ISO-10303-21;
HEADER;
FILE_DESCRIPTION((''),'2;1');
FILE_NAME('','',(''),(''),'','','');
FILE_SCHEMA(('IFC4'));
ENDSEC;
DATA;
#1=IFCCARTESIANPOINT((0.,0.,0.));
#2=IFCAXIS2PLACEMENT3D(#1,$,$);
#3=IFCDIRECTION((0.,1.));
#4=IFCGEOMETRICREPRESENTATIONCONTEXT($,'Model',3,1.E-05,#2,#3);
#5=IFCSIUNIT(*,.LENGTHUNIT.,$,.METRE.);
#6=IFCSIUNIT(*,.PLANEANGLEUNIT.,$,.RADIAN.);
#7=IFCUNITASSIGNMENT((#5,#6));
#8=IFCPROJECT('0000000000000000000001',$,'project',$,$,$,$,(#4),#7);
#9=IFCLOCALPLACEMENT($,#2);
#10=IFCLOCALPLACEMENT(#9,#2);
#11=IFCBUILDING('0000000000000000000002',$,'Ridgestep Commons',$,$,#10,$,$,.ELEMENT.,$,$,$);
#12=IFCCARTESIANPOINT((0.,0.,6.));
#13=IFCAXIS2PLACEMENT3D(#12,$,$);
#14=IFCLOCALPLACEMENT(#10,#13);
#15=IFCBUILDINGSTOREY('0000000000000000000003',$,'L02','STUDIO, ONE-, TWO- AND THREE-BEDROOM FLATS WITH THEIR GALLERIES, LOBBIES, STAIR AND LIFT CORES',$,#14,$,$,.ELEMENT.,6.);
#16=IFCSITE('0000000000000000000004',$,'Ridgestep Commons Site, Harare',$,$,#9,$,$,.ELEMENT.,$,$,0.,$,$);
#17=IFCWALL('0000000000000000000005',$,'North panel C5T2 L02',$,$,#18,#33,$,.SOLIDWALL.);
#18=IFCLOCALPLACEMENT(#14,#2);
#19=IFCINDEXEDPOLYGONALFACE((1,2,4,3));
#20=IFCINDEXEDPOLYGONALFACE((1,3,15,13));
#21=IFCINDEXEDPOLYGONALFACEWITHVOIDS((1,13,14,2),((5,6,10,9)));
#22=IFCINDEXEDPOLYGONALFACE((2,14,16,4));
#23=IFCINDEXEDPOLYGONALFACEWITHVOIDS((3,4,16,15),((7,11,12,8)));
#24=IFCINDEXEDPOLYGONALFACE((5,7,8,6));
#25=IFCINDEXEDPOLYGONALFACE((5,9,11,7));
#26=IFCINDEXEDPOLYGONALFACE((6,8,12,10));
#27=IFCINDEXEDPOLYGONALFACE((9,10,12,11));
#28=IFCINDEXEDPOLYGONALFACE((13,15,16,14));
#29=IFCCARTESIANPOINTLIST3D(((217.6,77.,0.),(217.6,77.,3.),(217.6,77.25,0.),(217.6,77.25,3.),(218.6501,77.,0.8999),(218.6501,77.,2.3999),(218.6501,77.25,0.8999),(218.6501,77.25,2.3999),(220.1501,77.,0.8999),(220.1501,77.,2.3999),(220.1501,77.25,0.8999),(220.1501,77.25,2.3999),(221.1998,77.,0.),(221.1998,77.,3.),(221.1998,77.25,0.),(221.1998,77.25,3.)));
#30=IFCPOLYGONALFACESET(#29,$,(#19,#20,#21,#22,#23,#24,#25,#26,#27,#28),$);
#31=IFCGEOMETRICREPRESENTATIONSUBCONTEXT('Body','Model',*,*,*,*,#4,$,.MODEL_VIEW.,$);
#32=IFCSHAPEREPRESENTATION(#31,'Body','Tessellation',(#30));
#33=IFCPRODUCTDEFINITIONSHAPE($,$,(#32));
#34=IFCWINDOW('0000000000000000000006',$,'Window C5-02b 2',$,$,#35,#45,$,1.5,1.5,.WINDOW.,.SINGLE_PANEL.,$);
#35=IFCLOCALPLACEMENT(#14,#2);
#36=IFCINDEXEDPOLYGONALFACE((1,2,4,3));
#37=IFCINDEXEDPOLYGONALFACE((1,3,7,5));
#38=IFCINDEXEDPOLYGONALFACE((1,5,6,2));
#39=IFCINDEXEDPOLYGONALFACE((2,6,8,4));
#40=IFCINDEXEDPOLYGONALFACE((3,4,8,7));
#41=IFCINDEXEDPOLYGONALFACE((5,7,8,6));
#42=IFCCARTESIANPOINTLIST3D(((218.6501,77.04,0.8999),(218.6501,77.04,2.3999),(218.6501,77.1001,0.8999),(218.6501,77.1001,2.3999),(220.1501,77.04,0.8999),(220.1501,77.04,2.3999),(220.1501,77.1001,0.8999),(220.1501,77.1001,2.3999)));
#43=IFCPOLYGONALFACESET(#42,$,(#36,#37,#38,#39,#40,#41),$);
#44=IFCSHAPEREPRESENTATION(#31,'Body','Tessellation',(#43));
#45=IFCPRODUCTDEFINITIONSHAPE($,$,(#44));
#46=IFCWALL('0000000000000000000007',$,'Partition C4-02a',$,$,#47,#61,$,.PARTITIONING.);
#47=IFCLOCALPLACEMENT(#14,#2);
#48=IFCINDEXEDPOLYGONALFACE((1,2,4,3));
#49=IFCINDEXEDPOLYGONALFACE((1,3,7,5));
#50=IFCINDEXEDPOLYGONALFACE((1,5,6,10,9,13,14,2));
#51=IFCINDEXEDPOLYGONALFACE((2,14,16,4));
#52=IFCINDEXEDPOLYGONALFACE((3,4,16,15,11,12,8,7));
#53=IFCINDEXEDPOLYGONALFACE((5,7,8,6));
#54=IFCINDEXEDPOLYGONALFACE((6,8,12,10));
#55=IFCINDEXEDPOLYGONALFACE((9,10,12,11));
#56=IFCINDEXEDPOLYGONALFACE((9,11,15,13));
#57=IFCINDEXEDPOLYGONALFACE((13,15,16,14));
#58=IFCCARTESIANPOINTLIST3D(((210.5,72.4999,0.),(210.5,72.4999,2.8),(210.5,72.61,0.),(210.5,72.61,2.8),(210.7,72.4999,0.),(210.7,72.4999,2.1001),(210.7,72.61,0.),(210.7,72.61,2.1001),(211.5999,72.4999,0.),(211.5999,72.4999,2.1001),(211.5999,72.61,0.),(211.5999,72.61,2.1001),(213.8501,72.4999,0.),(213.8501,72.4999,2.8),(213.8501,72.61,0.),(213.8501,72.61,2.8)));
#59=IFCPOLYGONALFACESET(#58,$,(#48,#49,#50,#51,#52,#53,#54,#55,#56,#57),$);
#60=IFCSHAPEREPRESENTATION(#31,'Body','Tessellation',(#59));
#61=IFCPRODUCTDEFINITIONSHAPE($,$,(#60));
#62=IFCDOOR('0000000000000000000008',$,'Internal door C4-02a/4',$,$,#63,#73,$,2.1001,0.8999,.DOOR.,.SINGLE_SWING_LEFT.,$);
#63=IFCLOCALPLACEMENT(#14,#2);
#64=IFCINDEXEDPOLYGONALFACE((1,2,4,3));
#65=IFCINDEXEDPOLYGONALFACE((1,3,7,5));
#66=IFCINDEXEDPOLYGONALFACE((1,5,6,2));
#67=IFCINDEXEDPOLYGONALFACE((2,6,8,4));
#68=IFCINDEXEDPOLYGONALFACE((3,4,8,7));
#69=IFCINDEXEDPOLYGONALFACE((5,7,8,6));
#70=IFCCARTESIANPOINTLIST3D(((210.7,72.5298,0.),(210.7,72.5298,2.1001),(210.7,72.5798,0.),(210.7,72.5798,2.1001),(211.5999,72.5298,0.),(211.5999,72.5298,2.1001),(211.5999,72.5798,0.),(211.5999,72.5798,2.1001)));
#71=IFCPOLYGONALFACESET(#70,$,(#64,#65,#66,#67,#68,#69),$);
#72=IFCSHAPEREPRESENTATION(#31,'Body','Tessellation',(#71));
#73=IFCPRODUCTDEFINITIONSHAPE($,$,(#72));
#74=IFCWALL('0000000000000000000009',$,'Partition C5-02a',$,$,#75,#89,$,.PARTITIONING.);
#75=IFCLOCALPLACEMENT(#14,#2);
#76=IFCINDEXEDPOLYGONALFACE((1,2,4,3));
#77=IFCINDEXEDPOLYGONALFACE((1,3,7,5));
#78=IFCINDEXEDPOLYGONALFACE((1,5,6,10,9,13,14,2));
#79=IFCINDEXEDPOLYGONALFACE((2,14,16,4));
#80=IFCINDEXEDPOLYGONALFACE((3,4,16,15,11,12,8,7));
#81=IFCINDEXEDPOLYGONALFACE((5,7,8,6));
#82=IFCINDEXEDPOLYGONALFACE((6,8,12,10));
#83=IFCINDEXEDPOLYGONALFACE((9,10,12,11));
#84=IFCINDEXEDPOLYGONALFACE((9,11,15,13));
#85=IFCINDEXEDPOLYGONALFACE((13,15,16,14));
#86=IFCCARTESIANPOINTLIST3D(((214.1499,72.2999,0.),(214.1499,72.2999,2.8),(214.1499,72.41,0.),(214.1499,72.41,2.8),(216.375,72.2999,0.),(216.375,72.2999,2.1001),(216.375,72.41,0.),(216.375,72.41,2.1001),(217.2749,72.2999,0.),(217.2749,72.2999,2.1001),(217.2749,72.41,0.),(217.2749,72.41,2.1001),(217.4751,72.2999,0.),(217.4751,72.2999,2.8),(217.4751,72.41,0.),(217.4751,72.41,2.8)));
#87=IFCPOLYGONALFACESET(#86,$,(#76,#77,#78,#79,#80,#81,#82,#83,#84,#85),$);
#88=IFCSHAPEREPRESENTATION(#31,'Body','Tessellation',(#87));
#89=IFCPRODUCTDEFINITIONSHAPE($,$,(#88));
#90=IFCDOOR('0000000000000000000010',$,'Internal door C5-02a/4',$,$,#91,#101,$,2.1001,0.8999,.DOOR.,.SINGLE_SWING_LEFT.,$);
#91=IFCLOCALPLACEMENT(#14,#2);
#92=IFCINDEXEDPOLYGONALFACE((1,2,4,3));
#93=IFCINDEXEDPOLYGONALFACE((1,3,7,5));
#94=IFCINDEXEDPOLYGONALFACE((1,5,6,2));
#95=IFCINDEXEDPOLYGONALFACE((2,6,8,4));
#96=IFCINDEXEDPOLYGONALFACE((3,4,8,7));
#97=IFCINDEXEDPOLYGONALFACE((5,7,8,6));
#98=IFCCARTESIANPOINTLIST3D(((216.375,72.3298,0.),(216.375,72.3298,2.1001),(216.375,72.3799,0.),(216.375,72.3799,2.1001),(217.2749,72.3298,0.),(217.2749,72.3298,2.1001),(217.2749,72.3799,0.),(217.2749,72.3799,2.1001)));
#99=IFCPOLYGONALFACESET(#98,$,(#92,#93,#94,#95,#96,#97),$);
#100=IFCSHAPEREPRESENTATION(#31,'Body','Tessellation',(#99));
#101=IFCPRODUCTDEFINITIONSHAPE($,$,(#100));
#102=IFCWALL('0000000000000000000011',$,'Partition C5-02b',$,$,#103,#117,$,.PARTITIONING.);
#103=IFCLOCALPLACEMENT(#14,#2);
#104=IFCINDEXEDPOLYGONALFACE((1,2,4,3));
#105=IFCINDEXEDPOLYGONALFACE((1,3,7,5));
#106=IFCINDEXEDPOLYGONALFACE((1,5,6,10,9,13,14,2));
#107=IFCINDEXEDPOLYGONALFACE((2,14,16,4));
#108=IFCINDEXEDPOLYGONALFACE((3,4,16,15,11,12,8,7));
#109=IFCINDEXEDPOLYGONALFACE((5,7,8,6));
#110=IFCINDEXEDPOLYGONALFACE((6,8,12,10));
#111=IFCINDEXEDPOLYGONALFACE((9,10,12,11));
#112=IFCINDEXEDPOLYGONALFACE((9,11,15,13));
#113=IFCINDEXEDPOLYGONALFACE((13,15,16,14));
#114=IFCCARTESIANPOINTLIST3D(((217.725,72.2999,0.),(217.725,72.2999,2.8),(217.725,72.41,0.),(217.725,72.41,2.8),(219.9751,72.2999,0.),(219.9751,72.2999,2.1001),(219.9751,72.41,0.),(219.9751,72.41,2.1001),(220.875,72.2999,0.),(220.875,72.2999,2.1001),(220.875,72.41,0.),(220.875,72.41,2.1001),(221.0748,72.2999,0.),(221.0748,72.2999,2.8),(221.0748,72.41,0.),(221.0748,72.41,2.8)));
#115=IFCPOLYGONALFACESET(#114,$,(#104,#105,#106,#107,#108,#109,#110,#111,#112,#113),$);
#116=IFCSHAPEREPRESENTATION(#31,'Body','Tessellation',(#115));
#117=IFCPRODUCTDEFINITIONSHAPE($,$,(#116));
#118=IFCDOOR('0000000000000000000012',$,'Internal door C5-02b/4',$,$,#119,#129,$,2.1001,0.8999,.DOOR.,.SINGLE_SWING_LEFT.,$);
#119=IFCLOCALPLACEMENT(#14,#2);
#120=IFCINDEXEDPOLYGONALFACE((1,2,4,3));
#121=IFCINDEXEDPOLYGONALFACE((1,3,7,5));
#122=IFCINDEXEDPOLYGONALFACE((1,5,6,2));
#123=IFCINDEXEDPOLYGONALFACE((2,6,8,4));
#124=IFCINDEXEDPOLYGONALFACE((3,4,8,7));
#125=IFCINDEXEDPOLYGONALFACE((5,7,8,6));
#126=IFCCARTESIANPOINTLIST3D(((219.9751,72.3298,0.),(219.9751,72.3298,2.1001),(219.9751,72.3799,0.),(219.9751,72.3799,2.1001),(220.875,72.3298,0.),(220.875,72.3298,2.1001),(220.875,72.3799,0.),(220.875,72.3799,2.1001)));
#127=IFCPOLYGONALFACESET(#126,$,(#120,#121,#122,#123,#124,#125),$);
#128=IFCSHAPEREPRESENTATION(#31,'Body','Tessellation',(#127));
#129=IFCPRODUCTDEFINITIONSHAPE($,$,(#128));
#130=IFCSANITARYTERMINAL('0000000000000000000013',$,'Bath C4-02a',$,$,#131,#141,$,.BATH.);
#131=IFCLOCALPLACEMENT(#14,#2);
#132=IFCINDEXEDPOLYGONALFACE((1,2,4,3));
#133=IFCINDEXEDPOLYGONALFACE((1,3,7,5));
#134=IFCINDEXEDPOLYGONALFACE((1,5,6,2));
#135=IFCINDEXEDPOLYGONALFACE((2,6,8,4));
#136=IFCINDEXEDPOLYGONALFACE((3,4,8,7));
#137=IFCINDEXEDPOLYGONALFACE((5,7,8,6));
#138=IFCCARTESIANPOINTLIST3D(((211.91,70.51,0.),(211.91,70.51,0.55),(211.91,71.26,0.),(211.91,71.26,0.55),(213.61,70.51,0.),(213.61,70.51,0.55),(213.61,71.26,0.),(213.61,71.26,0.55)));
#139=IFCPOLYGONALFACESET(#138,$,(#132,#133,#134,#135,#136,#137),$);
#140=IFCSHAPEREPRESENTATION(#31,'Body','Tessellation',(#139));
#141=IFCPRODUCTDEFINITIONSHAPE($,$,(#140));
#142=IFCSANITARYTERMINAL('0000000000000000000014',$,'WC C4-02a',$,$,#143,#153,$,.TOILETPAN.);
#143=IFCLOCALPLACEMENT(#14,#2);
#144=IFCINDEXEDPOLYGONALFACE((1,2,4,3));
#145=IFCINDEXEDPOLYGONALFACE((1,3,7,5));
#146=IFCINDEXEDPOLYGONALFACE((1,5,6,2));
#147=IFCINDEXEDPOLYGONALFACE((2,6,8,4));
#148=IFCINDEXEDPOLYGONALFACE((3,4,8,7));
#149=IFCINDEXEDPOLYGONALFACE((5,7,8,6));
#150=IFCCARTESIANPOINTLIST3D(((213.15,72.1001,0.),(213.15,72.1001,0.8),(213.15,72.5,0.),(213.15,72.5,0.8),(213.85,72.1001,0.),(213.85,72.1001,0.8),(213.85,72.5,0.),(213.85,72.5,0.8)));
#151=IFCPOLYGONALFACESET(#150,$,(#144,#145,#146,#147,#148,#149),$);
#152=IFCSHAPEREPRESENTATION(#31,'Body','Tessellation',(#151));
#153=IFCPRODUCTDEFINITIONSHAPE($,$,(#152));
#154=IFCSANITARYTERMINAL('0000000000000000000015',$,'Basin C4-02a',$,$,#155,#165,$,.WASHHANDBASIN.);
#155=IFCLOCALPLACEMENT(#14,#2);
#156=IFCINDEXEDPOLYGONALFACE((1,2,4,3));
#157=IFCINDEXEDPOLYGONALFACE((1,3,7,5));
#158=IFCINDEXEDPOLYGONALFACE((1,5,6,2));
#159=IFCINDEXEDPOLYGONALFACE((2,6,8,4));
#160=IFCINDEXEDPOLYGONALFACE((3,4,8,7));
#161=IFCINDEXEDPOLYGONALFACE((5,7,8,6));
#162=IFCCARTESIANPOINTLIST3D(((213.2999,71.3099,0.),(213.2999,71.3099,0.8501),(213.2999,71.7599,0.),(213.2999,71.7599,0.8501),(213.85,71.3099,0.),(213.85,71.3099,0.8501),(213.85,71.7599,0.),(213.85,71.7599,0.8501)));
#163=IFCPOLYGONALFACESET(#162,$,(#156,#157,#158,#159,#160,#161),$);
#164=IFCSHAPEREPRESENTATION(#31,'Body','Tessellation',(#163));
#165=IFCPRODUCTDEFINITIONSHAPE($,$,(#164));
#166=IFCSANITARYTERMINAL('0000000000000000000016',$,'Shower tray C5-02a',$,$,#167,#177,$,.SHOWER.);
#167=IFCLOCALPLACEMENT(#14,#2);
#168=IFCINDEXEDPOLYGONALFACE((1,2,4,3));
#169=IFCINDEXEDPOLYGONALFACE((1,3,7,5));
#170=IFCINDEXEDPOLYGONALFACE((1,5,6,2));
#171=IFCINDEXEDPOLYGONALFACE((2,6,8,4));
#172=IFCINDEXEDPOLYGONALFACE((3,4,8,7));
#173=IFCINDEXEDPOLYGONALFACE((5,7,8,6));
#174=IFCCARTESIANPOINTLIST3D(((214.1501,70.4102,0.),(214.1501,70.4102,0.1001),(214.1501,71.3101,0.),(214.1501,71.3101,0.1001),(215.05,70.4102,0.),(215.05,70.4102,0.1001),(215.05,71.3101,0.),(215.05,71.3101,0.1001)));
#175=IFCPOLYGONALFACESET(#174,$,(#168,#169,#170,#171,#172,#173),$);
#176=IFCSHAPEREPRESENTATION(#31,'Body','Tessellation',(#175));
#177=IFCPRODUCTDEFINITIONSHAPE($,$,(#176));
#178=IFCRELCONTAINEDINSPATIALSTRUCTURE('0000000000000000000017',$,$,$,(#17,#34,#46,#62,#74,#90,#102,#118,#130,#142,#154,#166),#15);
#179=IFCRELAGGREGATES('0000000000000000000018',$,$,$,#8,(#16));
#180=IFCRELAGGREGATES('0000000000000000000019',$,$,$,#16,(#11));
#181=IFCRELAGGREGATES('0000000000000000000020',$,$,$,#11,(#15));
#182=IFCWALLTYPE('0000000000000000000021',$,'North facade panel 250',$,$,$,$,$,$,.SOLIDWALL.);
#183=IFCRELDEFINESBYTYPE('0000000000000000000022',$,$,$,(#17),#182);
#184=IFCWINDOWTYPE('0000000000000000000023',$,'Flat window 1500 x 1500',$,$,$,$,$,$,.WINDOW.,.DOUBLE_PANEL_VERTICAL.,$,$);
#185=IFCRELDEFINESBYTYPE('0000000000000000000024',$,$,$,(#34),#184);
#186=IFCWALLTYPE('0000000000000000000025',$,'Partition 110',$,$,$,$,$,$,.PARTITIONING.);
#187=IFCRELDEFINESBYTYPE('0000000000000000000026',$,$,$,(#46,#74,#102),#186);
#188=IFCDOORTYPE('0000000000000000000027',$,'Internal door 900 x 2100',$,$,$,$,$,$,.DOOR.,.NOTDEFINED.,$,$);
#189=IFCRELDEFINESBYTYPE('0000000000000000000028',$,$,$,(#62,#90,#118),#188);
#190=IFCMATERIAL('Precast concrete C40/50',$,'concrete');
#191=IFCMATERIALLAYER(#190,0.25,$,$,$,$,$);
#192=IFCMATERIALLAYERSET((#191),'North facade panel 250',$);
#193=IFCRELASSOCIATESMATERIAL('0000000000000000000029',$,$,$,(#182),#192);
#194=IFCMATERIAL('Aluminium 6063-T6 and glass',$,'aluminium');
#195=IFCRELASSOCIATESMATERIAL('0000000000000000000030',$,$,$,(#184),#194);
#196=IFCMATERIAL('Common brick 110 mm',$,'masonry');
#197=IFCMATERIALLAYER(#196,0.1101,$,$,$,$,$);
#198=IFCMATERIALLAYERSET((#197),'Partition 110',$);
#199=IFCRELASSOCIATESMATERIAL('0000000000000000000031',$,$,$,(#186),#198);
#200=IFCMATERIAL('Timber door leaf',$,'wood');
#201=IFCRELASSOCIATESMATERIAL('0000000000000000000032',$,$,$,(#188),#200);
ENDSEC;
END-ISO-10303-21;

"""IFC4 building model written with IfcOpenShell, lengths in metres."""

from ifc_helpers import new_model, si_unit, direction, frame, frame_2d, origin, origin_2d, place, context, subcontext, project, spatial, rectangle, extrude, material, layer, layer_set, type_object, element, fill, save


model = new_model("IFC4")

# Units and contexts
model_context = context("Model", 3, precision=1e-05, world=origin(), true_north=direction((0.0, 1.0)))
body_context = subcontext(model_context, "Body", "Model", "MODEL_VIEW")
ifc_project = project(units=[si_unit("LENGTHUNIT", "METRE"), si_unit("PLANEANGLEUNIT", "RADIAN")], contexts=[model_context])

# Site, building, storey
site_placement = place(None, origin())
site = spatial("IfcSite", under=ifc_project, at=site_placement, Name="Ridgestep Commons Site, Harare", CompositionType="ELEMENT", RefElevation=0.0)
building_placement = place(site_placement, origin())
building = spatial("IfcBuilding", under=site, at=building_placement, Name="Ridgestep Commons", CompositionType="ELEMENT")
storey_placement = place(building_placement, frame((0.0, 0.0, 6.0)))
storey = spatial("IfcBuildingStorey", under=building, at=storey_placement, Name="L02", Description="STUDIO, ONE-, TWO- AND THREE-BEDROOM FLATS WITH THEIR GALLERIES, LOBBIES, STAIR AND LIFT CORES", CompositionType="ELEMENT", Elevation=6.0)

# Wall, opening, window
ifc_material_1 = material(Name="Precast concrete C40/50", Category="concrete")
ifc_layer_1 = layer(ifc_material_1, 0.25)
ifc_layer_set_1 = layer_set([ifc_layer_1], Name="North facade panel 250")
wall_type_1 = type_object("IfcWallType", Name="North facade panel 250", PredefinedType="SOLIDWALL", material=ifc_layer_set_1)
ifc_material_2 = material(Name="Aluminium 6063-T6 and glass", Category="aluminium")
window_type = type_object("IfcWindowType", Name="Flat window 1500 x 1500", PartitioningType="DOUBLE_PANEL_VERTICAL", PredefinedType="WINDOW", material=ifc_material_2)
wall_1_placement = place(storey_placement, frame((217.6001, 77.125, 0.0), z_axis=(0.0, 0.0, 1.0), x_axis=(1.0, 0.0, 0.0)))
wall_1 = element("IfcWall", 1, at=wall_1_placement, inside=storey, type_object=wall_type_1, Name="North panel C5T2 L02", PredefinedType="SOLIDWALL", context=body_context, shape_type="SweptSolid", body=[
    extrude(rectangle(XDim=3.5999, YDim=0.25, at=frame_2d((1.7998, 0.0))), origin(), (0.0, 0.0, 1.0), 3.0),
])
opening_1_placement = place(wall_1_placement, frame((1.05, 0.0, 0.8999)))
opening_1 = element("IfcOpeningElement", 2, at=opening_1_placement, cuts=wall_1, PredefinedType="OPENING", context=body_context, shape_type="SweptSolid", body=[
    extrude(rectangle(XDim=1.5, YDim=1.5, at=frame_2d((0.75, 0.75))), frame((0.0, 0.135, 0.0), z_axis=(0.0, -1.0, 0.0), x_axis=(1.0, 0.0, 0.0)), (0.0, 0.0, 1.0), 0.27),
])
window_1_placement = place(opening_1_placement, origin())
window_1 = element("IfcWindow", 3, at=window_1_placement, inside=storey, type_object=window_type, Name="Window C5-02b 2", OverallHeight=1.5, OverallWidth=1.5, PartitioningType="SINGLE_PANEL", PredefinedType="WINDOW", context=body_context, shape_type="SweptSolid", body=[
    extrude(rectangle(XDim=1.5, YDim=1.5, at=frame_2d((0.75, 0.75))), frame((0.0, -0.0249, 0.0), z_axis=(0.0, -1.0, 0.0), x_axis=(1.0, 0.0, 0.0)), (0.0, 0.0, 1.0), 0.0601),
])
fill(opening_1, window_1)

# Walls, openings, doors
ifc_material_3 = material(Name="Common brick 110 mm", Category="masonry")
ifc_layer_2 = layer(ifc_material_3, 0.1101)
ifc_layer_set_2 = layer_set([ifc_layer_2], Name="Partition 110")
wall_type_2 = type_object("IfcWallType", Name="Partition 110", PredefinedType="PARTITIONING", material=ifc_layer_set_2)
wall_2_placement = place(storey_placement, frame((210.5, 72.5549, 0.0), z_axis=(0.0, 0.0, 1.0), x_axis=(1.0, 0.0, 0.0)))
wall_2 = element("IfcWall", 4, at=wall_2_placement, inside=storey, type_object=wall_type_2, Name="Partition C4-02a", PredefinedType="PARTITIONING", context=body_context, shape_type="SweptSolid", body=[
    extrude(rectangle(XDim=3.3501, YDim=0.1101, at=frame_2d((1.675, 0.0))), origin(), (0.0, 0.0, 1.0), 2.8),
])
opening_2_placement = place(wall_2_placement, frame((0.2, 0.0, 0.0)))
opening_2 = element("IfcOpeningElement", 5, at=opening_2_placement, cuts=wall_2, PredefinedType="OPENING", context=body_context, shape_type="SweptSolid", body=[
    extrude(rectangle(XDim=0.8999, YDim=2.1001, at=frame_2d((0.45, 1.05))), frame((0.0, 0.0649, 0.0), z_axis=(0.0, -1.0, 0.0), x_axis=(1.0, 0.0, 0.0)), (0.0, 0.0, 1.0), 0.1301),
])
ifc_material_4 = material(Name="Timber door leaf", Category="wood")
door_type = type_object("IfcDoorType", Name="Internal door 900 x 2100", OperationType="NOTDEFINED", PredefinedType="DOOR", material=ifc_material_4)
door_1_placement = place(opening_2_placement, origin())
door_1 = element("IfcDoor", 6, at=door_1_placement, inside=storey, type_object=door_type, Name="Internal door C4-02a/4", OperationType="SINGLE_SWING_LEFT", OverallHeight=2.1001, OverallWidth=0.8999, PredefinedType="DOOR", context=body_context, shape_type="SweptSolid", body=[
    extrude(rectangle(XDim=0.8999, YDim=2.1001, at=frame_2d((0.45, 1.05))), frame((0.0, 0.0249, 0.0), z_axis=(0.0, -1.0, 0.0), x_axis=(1.0, 0.0, 0.0)), (0.0, 0.0, 1.0), 0.05),
])
fill(opening_2, door_1)
wall_3_placement = place(storey_placement, frame((214.1499, 72.355, 0.0), z_axis=(0.0, 0.0, 1.0), x_axis=(1.0, 0.0, 0.0)))
wall_3 = element("IfcWall", 7, at=wall_3_placement, inside=storey, type_object=wall_type_2, Name="Partition C5-02a", PredefinedType="PARTITIONING", context=body_context, shape_type="SweptSolid", body=[
    extrude(rectangle(XDim=3.3252, YDim=0.1101, at=frame_2d((1.6626, 0.0))), origin(), (0.0, 0.0, 1.0), 2.8),
])
opening_3_placement = place(wall_3_placement, frame((2.2251, 0.0, 0.0)))
opening_3 = element("IfcOpeningElement", 8, at=opening_3_placement, cuts=wall_3, PredefinedType="OPENING", context=body_context, shape_type="SweptSolid", body=[
    extrude(rectangle(XDim=0.8999, YDim=2.1001, at=frame_2d((0.45, 1.05))), frame((0.0, 0.0649, 0.0), z_axis=(0.0, -1.0, 0.0), x_axis=(1.0, 0.0, 0.0)), (0.0, 0.0, 1.0), 0.1301),
])
door_2_placement = place(opening_3_placement, origin())
door_2 = element("IfcDoor", 9, at=door_2_placement, inside=storey, type_object=door_type, Name="Internal door C5-02a/4", OperationType="SINGLE_SWING_LEFT", OverallHeight=2.1001, OverallWidth=0.8999, PredefinedType="DOOR", context=body_context, shape_type="SweptSolid", body=[
    extrude(rectangle(XDim=0.8999, YDim=2.1001, at=frame_2d((0.45, 1.05))), frame((0.0, 0.0249, 0.0), z_axis=(0.0, -1.0, 0.0), x_axis=(1.0, 0.0, 0.0)), (0.0, 0.0, 1.0), 0.05),
])
fill(opening_3, door_2)
wall_4_placement = place(storey_placement, frame((217.7251, 72.355, 0.0), z_axis=(0.0, 0.0, 1.0), x_axis=(1.0, 0.0, 0.0)))
wall_4 = element("IfcWall", 10, at=wall_4_placement, inside=storey, type_object=wall_type_2, Name="Partition C5-02b", PredefinedType="PARTITIONING", context=body_context, shape_type="SweptSolid", body=[
    extrude(rectangle(XDim=3.3499, YDim=0.1101, at=frame_2d((1.6748, 0.0))), origin(), (0.0, 0.0, 1.0), 2.8),
])
opening_4_placement = place(wall_4_placement, frame((2.25, 0.0, 0.0)))
opening_4 = element("IfcOpeningElement", 11, at=opening_4_placement, cuts=wall_4, PredefinedType="OPENING", context=body_context, shape_type="SweptSolid", body=[
    extrude(rectangle(XDim=0.8999, YDim=2.1001, at=frame_2d((0.45, 1.05))), frame((0.0, 0.0649, 0.0), z_axis=(0.0, -1.0, 0.0), x_axis=(1.0, 0.0, 0.0)), (0.0, 0.0, 1.0), 0.1301),
])
door_3_placement = place(opening_4_placement, origin())
door_3 = element("IfcDoor", 12, at=door_3_placement, inside=storey, type_object=door_type, Name="Internal door C5-02b/4", OperationType="SINGLE_SWING_LEFT", OverallHeight=2.1001, OverallWidth=0.8999, PredefinedType="DOOR", context=body_context, shape_type="SweptSolid", body=[
    extrude(rectangle(XDim=0.8999, YDim=2.1001, at=frame_2d((0.45, 1.05))), frame((0.0, 0.0249, 0.0), z_axis=(0.0, -1.0, 0.0), x_axis=(1.0, 0.0, 0.0)), (0.0, 0.0, 1.0), 0.05),
])
fill(opening_4, door_3)

# Sanitary terminals
sanitary_terminal_1_placement = place(storey_placement, frame((212.76, 70.885, 0.0), z_axis=(0.0, 0.0, 1.0), x_axis=(1.0, 0.0, 0.0)))
element("IfcSanitaryTerminal", 13, at=sanitary_terminal_1_placement, inside=storey, Name="Bath C4-02a", PredefinedType="BATH", context=body_context, shape_type="SweptSolid", body=[
    extrude(rectangle(XDim=1.7, YDim=0.75, at=origin_2d()), origin(), (0.0, 0.0, 1.0), 0.55),
])
sanitary_terminal_2_placement = place(storey_placement, frame((213.5, 72.3, 0.0), z_axis=(0.0, 0.0, 1.0), x_axis=(1.0, 0.0, 0.0)))
element("IfcSanitaryTerminal", 14, at=sanitary_terminal_2_placement, inside=storey, Name="WC C4-02a", PredefinedType="TOILETPAN", context=body_context, shape_type="SweptSolid", body=[
    extrude(rectangle(XDim=0.7, YDim=0.3999, at=origin_2d()), origin(), (0.0, 0.0, 1.0), 0.8),
])
sanitary_terminal_3_placement = place(storey_placement, frame((213.575, 71.5349, 0.0), z_axis=(0.0, 0.0, 1.0), x_axis=(1.0, 0.0, 0.0)))
element("IfcSanitaryTerminal", 15, at=sanitary_terminal_3_placement, inside=storey, Name="Basin C4-02a", PredefinedType="WASHHANDBASIN", context=body_context, shape_type="SweptSolid", body=[
    extrude(rectangle(XDim=0.55, YDim=0.45, at=origin_2d()), origin(), (0.0, 0.0, 1.0), 0.8501),
])
sanitary_terminal_4_placement = place(storey_placement, frame((214.6001, 70.8601, 0.0), z_axis=(0.0, 0.0, 1.0), x_axis=(1.0, 0.0, 0.0)))
element("IfcSanitaryTerminal", 16, at=sanitary_terminal_4_placement, inside=storey, Name="Shower tray C5-02a", PredefinedType="SHOWER", context=body_context, shape_type="SweptSolid", body=[
    extrude(rectangle(XDim=0.8999, YDim=0.8999, at=origin_2d()), origin(), (0.0, 0.0, 1.0), 0.1001),
])

save(model, "model.ifc")
